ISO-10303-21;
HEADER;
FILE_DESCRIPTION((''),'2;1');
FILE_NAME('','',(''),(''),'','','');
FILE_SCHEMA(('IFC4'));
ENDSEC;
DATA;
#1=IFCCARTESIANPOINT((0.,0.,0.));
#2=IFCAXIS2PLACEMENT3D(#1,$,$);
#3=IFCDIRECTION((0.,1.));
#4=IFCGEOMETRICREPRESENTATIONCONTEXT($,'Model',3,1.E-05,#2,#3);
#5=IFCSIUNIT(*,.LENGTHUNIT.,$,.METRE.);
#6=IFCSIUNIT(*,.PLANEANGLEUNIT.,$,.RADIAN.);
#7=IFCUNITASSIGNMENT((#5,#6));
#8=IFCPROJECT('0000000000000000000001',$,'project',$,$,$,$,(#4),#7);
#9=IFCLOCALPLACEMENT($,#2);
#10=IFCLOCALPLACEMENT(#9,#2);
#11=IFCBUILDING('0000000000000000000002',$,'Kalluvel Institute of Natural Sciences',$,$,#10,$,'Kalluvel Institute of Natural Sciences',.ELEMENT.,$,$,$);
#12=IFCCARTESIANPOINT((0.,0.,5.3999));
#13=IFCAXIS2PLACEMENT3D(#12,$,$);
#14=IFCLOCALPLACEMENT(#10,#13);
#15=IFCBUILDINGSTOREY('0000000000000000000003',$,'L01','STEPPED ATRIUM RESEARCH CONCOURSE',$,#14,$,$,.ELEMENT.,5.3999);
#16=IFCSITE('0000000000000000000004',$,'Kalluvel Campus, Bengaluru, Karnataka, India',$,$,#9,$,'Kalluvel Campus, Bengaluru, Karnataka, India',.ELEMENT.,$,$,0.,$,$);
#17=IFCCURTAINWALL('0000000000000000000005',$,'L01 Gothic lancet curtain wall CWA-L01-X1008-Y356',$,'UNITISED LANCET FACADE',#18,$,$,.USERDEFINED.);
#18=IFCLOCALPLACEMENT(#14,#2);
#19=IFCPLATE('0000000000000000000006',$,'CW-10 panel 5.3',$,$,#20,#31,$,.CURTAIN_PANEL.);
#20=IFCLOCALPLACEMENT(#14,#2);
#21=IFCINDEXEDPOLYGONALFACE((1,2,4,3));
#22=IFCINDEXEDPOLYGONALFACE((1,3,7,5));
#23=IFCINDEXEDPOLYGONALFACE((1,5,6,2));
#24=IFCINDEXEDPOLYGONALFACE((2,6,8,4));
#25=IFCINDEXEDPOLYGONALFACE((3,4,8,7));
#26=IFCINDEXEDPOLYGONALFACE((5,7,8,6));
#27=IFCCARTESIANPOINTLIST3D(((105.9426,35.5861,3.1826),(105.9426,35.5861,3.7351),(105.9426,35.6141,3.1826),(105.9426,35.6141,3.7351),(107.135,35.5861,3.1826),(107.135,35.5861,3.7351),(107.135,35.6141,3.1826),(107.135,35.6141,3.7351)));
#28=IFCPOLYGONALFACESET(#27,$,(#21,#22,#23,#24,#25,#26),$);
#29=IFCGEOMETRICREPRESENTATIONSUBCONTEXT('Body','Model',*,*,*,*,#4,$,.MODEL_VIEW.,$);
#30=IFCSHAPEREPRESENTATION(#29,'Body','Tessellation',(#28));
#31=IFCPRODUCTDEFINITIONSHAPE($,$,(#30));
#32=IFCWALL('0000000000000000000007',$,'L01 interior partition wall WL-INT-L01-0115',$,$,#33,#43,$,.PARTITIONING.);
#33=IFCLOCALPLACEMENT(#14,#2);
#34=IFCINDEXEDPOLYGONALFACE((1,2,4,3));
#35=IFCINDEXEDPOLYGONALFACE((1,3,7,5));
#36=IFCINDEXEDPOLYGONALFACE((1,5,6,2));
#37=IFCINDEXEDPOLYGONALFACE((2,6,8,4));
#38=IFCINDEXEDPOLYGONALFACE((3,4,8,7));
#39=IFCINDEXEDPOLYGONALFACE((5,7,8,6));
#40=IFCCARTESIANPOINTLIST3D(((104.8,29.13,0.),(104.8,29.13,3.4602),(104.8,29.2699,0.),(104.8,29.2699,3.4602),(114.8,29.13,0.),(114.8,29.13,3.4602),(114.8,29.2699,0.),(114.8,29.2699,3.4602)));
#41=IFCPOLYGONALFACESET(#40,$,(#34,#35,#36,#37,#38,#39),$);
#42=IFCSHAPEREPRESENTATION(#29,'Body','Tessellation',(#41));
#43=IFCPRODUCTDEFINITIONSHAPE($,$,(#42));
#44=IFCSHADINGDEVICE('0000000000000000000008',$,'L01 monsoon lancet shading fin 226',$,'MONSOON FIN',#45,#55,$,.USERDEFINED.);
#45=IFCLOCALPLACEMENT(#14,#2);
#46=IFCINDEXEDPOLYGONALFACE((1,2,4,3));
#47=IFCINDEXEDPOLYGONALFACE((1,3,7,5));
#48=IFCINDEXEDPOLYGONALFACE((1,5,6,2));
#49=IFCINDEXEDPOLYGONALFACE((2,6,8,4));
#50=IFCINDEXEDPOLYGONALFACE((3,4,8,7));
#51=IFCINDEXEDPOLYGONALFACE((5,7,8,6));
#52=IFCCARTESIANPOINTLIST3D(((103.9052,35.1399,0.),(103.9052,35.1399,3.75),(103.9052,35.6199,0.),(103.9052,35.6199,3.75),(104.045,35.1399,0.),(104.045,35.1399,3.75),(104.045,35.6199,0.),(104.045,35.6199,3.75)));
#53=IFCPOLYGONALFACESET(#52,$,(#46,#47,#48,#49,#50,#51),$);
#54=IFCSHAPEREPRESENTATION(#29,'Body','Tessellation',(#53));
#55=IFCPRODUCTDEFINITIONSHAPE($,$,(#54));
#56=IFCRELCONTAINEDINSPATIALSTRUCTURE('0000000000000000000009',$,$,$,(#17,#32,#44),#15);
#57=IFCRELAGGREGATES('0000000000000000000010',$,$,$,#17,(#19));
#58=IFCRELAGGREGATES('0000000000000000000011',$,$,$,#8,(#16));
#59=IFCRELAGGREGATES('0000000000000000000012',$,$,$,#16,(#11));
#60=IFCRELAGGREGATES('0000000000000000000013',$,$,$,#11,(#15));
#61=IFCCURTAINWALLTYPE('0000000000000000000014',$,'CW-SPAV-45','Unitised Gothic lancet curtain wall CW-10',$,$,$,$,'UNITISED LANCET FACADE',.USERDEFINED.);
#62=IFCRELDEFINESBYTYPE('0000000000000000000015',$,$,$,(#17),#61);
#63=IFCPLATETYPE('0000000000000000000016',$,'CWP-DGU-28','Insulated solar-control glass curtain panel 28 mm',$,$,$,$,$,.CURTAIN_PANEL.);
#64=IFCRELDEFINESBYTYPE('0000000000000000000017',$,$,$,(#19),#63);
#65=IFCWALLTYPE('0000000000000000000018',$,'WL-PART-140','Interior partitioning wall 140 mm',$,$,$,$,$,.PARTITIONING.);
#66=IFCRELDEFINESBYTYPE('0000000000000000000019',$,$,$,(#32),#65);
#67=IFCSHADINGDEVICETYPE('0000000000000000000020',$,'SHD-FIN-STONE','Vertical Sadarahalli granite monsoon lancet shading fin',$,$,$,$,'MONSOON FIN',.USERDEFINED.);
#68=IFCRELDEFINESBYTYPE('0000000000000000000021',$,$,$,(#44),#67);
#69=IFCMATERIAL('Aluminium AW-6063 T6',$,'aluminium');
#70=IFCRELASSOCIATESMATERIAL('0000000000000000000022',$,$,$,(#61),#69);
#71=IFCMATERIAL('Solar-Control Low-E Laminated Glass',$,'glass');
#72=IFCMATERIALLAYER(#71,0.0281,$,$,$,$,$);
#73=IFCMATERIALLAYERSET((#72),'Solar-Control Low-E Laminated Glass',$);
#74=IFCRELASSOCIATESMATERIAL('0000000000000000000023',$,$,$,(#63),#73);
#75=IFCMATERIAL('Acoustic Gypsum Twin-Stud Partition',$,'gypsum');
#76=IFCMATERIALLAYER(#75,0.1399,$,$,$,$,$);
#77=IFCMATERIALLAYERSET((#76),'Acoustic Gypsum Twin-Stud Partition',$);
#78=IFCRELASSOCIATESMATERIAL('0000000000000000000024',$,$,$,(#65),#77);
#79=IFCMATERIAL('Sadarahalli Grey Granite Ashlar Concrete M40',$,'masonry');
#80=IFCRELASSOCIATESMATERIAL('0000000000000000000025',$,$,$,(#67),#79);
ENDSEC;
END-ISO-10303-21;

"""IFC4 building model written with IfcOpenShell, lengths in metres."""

from ifc_helpers import new_model, si_unit, direction, frame, frame_2d, origin, origin_2d, place, context, subcontext, project, spatial, rectangle, extrude, material, layer, layer_set, type_object, element, aggregate, save


model = new_model("IFC4")

# Units and contexts
model_context = context("Model", 3, precision=1e-05, world=origin(), true_north=direction((0.0, 1.0)))
body_context = subcontext(model_context, "Body", "Model", "MODEL_VIEW")
ifc_project = project(units=[si_unit("LENGTHUNIT", "METRE"), si_unit("PLANEANGLEUNIT", "RADIAN")], contexts=[model_context])

# Site, building, storey
site_placement = place(None, origin())
site = spatial("IfcSite", under=ifc_project, at=site_placement, Name="Kalluvel Campus, Bengaluru, Karnataka, India", LongName="Kalluvel Campus, Bengaluru, Karnataka, India", CompositionType="ELEMENT", RefElevation=0.0)
building_placement = place(site_placement, origin())
building = spatial("IfcBuilding", under=site, at=building_placement, Name="Kalluvel Institute of Natural Sciences", LongName="Kalluvel Institute of Natural Sciences", CompositionType="ELEMENT")
storey_placement = place(building_placement, frame((0.0, 0.0, 5.3999)))
storey = spatial("IfcBuildingStorey", under=building, at=storey_placement, Name="L01", Description="STEPPED ATRIUM RESEARCH CONCOURSE", CompositionType="ELEMENT", Elevation=5.3999)

# Curtain wall
ifc_material_1 = material(Name="Aluminium AW-6063 T6", Category="aluminium")
curtain_wall_type = type_object("IfcCurtainWallType", Name="CW-SPAV-45", Description="Unitised Gothic lancet curtain wall CW-10", ElementType="UNITISED LANCET FACADE", PredefinedType="USERDEFINED", material=ifc_material_1)
curtain_wall_placement = place(storey_placement, origin())
curtain_wall = element("IfcCurtainWall", 1, at=curtain_wall_placement, inside=storey, type_object=curtain_wall_type, Name="L01 Gothic lancet curtain wall CWA-L01-X1008-Y356", ObjectType="UNITISED LANCET FACADE", PredefinedType="USERDEFINED")

# Plate
ifc_material_2 = material(Name="Solar-Control Low-E Laminated Glass", Category="glass")
ifc_layer_1 = layer(ifc_material_2, 0.0281)
ifc_layer_set_1 = layer_set([ifc_layer_1], Name="Solar-Control Low-E Laminated Glass")
plate_type = type_object("IfcPlateType", Name="CWP-DGU-28", Description="Insulated solar-control glass curtain panel 28 mm", PredefinedType="CURTAIN_PANEL", material=ifc_layer_set_1)
plate_1_placement = place(storey_placement, frame((106.5388, 35.6001, 3.1826), z_axis=(0.0, 0.0, 1.0), x_axis=(1.0, 0.0, 0.0)))
plate_1 = element("IfcPlate", 2, at=plate_1_placement, type_object=plate_type, Name="CW-10 panel 5.3", PredefinedType="CURTAIN_PANEL", context=body_context, shape_type="SweptSolid", body=[
    extrude(rectangle(XDim=1.1924, YDim=0.0281, at=origin_2d()), origin(), (0.0, 0.0, 1.0), 0.5525),
])
aggregate(curtain_wall, [plate_1])

# Wall
ifc_material_3 = material(Name="Acoustic Gypsum Twin-Stud Partition", Category="gypsum")
ifc_layer_2 = layer(ifc_material_3, 0.1399)
ifc_layer_set_2 = layer_set([ifc_layer_2], Name="Acoustic Gypsum Twin-Stud Partition")
wall_type = type_object("IfcWallType", Name="WL-PART-140", Description="Interior partitioning wall 140 mm", PredefinedType="PARTITIONING", material=ifc_layer_set_2)
wall_placement = place(storey_placement, frame((104.8, 29.2, 0.0), z_axis=(0.0, 0.0, 1.0), x_axis=(1.0, 0.0, 0.0)))
element("IfcWall", 3, at=wall_placement, inside=storey, type_object=wall_type, Name="L01 interior partition wall WL-INT-L01-0115", PredefinedType="PARTITIONING", context=body_context, shape_type="SweptSolid", body=[
    extrude(rectangle(XDim=10.0, YDim=0.1399, at=frame_2d((5.0, 0.0))), origin(), (0.0, 0.0, 1.0), 3.4602),
])

# Shading device
ifc_material_4 = material(Name="Sadarahalli Grey Granite Ashlar Concrete M40", Category="masonry")
shading_device_type = type_object("IfcShadingDeviceType", Name="SHD-FIN-STONE", Description="Vertical Sadarahalli granite monsoon lancet shading fin", ElementType="MONSOON FIN", PredefinedType="USERDEFINED", material=ifc_material_4)
shading_device_placement = place(storey_placement, frame((103.9751, 35.3799, 0.0), z_axis=(0.0, 0.0, 1.0), x_axis=(1.0, 0.0, 0.0)))
element("IfcShadingDevice", 4, at=shading_device_placement, inside=storey, type_object=shading_device_type, Name="L01 monsoon lancet shading fin 226", ObjectType="MONSOON FIN", PredefinedType="USERDEFINED", context=body_context, shape_type="SweptSolid", body=[
    extrude(rectangle(XDim=0.1399, YDim=0.48, at=origin_2d()), origin(), (0.0, 0.0, 1.0), 3.75),
])

save(model, "model.ifc")
